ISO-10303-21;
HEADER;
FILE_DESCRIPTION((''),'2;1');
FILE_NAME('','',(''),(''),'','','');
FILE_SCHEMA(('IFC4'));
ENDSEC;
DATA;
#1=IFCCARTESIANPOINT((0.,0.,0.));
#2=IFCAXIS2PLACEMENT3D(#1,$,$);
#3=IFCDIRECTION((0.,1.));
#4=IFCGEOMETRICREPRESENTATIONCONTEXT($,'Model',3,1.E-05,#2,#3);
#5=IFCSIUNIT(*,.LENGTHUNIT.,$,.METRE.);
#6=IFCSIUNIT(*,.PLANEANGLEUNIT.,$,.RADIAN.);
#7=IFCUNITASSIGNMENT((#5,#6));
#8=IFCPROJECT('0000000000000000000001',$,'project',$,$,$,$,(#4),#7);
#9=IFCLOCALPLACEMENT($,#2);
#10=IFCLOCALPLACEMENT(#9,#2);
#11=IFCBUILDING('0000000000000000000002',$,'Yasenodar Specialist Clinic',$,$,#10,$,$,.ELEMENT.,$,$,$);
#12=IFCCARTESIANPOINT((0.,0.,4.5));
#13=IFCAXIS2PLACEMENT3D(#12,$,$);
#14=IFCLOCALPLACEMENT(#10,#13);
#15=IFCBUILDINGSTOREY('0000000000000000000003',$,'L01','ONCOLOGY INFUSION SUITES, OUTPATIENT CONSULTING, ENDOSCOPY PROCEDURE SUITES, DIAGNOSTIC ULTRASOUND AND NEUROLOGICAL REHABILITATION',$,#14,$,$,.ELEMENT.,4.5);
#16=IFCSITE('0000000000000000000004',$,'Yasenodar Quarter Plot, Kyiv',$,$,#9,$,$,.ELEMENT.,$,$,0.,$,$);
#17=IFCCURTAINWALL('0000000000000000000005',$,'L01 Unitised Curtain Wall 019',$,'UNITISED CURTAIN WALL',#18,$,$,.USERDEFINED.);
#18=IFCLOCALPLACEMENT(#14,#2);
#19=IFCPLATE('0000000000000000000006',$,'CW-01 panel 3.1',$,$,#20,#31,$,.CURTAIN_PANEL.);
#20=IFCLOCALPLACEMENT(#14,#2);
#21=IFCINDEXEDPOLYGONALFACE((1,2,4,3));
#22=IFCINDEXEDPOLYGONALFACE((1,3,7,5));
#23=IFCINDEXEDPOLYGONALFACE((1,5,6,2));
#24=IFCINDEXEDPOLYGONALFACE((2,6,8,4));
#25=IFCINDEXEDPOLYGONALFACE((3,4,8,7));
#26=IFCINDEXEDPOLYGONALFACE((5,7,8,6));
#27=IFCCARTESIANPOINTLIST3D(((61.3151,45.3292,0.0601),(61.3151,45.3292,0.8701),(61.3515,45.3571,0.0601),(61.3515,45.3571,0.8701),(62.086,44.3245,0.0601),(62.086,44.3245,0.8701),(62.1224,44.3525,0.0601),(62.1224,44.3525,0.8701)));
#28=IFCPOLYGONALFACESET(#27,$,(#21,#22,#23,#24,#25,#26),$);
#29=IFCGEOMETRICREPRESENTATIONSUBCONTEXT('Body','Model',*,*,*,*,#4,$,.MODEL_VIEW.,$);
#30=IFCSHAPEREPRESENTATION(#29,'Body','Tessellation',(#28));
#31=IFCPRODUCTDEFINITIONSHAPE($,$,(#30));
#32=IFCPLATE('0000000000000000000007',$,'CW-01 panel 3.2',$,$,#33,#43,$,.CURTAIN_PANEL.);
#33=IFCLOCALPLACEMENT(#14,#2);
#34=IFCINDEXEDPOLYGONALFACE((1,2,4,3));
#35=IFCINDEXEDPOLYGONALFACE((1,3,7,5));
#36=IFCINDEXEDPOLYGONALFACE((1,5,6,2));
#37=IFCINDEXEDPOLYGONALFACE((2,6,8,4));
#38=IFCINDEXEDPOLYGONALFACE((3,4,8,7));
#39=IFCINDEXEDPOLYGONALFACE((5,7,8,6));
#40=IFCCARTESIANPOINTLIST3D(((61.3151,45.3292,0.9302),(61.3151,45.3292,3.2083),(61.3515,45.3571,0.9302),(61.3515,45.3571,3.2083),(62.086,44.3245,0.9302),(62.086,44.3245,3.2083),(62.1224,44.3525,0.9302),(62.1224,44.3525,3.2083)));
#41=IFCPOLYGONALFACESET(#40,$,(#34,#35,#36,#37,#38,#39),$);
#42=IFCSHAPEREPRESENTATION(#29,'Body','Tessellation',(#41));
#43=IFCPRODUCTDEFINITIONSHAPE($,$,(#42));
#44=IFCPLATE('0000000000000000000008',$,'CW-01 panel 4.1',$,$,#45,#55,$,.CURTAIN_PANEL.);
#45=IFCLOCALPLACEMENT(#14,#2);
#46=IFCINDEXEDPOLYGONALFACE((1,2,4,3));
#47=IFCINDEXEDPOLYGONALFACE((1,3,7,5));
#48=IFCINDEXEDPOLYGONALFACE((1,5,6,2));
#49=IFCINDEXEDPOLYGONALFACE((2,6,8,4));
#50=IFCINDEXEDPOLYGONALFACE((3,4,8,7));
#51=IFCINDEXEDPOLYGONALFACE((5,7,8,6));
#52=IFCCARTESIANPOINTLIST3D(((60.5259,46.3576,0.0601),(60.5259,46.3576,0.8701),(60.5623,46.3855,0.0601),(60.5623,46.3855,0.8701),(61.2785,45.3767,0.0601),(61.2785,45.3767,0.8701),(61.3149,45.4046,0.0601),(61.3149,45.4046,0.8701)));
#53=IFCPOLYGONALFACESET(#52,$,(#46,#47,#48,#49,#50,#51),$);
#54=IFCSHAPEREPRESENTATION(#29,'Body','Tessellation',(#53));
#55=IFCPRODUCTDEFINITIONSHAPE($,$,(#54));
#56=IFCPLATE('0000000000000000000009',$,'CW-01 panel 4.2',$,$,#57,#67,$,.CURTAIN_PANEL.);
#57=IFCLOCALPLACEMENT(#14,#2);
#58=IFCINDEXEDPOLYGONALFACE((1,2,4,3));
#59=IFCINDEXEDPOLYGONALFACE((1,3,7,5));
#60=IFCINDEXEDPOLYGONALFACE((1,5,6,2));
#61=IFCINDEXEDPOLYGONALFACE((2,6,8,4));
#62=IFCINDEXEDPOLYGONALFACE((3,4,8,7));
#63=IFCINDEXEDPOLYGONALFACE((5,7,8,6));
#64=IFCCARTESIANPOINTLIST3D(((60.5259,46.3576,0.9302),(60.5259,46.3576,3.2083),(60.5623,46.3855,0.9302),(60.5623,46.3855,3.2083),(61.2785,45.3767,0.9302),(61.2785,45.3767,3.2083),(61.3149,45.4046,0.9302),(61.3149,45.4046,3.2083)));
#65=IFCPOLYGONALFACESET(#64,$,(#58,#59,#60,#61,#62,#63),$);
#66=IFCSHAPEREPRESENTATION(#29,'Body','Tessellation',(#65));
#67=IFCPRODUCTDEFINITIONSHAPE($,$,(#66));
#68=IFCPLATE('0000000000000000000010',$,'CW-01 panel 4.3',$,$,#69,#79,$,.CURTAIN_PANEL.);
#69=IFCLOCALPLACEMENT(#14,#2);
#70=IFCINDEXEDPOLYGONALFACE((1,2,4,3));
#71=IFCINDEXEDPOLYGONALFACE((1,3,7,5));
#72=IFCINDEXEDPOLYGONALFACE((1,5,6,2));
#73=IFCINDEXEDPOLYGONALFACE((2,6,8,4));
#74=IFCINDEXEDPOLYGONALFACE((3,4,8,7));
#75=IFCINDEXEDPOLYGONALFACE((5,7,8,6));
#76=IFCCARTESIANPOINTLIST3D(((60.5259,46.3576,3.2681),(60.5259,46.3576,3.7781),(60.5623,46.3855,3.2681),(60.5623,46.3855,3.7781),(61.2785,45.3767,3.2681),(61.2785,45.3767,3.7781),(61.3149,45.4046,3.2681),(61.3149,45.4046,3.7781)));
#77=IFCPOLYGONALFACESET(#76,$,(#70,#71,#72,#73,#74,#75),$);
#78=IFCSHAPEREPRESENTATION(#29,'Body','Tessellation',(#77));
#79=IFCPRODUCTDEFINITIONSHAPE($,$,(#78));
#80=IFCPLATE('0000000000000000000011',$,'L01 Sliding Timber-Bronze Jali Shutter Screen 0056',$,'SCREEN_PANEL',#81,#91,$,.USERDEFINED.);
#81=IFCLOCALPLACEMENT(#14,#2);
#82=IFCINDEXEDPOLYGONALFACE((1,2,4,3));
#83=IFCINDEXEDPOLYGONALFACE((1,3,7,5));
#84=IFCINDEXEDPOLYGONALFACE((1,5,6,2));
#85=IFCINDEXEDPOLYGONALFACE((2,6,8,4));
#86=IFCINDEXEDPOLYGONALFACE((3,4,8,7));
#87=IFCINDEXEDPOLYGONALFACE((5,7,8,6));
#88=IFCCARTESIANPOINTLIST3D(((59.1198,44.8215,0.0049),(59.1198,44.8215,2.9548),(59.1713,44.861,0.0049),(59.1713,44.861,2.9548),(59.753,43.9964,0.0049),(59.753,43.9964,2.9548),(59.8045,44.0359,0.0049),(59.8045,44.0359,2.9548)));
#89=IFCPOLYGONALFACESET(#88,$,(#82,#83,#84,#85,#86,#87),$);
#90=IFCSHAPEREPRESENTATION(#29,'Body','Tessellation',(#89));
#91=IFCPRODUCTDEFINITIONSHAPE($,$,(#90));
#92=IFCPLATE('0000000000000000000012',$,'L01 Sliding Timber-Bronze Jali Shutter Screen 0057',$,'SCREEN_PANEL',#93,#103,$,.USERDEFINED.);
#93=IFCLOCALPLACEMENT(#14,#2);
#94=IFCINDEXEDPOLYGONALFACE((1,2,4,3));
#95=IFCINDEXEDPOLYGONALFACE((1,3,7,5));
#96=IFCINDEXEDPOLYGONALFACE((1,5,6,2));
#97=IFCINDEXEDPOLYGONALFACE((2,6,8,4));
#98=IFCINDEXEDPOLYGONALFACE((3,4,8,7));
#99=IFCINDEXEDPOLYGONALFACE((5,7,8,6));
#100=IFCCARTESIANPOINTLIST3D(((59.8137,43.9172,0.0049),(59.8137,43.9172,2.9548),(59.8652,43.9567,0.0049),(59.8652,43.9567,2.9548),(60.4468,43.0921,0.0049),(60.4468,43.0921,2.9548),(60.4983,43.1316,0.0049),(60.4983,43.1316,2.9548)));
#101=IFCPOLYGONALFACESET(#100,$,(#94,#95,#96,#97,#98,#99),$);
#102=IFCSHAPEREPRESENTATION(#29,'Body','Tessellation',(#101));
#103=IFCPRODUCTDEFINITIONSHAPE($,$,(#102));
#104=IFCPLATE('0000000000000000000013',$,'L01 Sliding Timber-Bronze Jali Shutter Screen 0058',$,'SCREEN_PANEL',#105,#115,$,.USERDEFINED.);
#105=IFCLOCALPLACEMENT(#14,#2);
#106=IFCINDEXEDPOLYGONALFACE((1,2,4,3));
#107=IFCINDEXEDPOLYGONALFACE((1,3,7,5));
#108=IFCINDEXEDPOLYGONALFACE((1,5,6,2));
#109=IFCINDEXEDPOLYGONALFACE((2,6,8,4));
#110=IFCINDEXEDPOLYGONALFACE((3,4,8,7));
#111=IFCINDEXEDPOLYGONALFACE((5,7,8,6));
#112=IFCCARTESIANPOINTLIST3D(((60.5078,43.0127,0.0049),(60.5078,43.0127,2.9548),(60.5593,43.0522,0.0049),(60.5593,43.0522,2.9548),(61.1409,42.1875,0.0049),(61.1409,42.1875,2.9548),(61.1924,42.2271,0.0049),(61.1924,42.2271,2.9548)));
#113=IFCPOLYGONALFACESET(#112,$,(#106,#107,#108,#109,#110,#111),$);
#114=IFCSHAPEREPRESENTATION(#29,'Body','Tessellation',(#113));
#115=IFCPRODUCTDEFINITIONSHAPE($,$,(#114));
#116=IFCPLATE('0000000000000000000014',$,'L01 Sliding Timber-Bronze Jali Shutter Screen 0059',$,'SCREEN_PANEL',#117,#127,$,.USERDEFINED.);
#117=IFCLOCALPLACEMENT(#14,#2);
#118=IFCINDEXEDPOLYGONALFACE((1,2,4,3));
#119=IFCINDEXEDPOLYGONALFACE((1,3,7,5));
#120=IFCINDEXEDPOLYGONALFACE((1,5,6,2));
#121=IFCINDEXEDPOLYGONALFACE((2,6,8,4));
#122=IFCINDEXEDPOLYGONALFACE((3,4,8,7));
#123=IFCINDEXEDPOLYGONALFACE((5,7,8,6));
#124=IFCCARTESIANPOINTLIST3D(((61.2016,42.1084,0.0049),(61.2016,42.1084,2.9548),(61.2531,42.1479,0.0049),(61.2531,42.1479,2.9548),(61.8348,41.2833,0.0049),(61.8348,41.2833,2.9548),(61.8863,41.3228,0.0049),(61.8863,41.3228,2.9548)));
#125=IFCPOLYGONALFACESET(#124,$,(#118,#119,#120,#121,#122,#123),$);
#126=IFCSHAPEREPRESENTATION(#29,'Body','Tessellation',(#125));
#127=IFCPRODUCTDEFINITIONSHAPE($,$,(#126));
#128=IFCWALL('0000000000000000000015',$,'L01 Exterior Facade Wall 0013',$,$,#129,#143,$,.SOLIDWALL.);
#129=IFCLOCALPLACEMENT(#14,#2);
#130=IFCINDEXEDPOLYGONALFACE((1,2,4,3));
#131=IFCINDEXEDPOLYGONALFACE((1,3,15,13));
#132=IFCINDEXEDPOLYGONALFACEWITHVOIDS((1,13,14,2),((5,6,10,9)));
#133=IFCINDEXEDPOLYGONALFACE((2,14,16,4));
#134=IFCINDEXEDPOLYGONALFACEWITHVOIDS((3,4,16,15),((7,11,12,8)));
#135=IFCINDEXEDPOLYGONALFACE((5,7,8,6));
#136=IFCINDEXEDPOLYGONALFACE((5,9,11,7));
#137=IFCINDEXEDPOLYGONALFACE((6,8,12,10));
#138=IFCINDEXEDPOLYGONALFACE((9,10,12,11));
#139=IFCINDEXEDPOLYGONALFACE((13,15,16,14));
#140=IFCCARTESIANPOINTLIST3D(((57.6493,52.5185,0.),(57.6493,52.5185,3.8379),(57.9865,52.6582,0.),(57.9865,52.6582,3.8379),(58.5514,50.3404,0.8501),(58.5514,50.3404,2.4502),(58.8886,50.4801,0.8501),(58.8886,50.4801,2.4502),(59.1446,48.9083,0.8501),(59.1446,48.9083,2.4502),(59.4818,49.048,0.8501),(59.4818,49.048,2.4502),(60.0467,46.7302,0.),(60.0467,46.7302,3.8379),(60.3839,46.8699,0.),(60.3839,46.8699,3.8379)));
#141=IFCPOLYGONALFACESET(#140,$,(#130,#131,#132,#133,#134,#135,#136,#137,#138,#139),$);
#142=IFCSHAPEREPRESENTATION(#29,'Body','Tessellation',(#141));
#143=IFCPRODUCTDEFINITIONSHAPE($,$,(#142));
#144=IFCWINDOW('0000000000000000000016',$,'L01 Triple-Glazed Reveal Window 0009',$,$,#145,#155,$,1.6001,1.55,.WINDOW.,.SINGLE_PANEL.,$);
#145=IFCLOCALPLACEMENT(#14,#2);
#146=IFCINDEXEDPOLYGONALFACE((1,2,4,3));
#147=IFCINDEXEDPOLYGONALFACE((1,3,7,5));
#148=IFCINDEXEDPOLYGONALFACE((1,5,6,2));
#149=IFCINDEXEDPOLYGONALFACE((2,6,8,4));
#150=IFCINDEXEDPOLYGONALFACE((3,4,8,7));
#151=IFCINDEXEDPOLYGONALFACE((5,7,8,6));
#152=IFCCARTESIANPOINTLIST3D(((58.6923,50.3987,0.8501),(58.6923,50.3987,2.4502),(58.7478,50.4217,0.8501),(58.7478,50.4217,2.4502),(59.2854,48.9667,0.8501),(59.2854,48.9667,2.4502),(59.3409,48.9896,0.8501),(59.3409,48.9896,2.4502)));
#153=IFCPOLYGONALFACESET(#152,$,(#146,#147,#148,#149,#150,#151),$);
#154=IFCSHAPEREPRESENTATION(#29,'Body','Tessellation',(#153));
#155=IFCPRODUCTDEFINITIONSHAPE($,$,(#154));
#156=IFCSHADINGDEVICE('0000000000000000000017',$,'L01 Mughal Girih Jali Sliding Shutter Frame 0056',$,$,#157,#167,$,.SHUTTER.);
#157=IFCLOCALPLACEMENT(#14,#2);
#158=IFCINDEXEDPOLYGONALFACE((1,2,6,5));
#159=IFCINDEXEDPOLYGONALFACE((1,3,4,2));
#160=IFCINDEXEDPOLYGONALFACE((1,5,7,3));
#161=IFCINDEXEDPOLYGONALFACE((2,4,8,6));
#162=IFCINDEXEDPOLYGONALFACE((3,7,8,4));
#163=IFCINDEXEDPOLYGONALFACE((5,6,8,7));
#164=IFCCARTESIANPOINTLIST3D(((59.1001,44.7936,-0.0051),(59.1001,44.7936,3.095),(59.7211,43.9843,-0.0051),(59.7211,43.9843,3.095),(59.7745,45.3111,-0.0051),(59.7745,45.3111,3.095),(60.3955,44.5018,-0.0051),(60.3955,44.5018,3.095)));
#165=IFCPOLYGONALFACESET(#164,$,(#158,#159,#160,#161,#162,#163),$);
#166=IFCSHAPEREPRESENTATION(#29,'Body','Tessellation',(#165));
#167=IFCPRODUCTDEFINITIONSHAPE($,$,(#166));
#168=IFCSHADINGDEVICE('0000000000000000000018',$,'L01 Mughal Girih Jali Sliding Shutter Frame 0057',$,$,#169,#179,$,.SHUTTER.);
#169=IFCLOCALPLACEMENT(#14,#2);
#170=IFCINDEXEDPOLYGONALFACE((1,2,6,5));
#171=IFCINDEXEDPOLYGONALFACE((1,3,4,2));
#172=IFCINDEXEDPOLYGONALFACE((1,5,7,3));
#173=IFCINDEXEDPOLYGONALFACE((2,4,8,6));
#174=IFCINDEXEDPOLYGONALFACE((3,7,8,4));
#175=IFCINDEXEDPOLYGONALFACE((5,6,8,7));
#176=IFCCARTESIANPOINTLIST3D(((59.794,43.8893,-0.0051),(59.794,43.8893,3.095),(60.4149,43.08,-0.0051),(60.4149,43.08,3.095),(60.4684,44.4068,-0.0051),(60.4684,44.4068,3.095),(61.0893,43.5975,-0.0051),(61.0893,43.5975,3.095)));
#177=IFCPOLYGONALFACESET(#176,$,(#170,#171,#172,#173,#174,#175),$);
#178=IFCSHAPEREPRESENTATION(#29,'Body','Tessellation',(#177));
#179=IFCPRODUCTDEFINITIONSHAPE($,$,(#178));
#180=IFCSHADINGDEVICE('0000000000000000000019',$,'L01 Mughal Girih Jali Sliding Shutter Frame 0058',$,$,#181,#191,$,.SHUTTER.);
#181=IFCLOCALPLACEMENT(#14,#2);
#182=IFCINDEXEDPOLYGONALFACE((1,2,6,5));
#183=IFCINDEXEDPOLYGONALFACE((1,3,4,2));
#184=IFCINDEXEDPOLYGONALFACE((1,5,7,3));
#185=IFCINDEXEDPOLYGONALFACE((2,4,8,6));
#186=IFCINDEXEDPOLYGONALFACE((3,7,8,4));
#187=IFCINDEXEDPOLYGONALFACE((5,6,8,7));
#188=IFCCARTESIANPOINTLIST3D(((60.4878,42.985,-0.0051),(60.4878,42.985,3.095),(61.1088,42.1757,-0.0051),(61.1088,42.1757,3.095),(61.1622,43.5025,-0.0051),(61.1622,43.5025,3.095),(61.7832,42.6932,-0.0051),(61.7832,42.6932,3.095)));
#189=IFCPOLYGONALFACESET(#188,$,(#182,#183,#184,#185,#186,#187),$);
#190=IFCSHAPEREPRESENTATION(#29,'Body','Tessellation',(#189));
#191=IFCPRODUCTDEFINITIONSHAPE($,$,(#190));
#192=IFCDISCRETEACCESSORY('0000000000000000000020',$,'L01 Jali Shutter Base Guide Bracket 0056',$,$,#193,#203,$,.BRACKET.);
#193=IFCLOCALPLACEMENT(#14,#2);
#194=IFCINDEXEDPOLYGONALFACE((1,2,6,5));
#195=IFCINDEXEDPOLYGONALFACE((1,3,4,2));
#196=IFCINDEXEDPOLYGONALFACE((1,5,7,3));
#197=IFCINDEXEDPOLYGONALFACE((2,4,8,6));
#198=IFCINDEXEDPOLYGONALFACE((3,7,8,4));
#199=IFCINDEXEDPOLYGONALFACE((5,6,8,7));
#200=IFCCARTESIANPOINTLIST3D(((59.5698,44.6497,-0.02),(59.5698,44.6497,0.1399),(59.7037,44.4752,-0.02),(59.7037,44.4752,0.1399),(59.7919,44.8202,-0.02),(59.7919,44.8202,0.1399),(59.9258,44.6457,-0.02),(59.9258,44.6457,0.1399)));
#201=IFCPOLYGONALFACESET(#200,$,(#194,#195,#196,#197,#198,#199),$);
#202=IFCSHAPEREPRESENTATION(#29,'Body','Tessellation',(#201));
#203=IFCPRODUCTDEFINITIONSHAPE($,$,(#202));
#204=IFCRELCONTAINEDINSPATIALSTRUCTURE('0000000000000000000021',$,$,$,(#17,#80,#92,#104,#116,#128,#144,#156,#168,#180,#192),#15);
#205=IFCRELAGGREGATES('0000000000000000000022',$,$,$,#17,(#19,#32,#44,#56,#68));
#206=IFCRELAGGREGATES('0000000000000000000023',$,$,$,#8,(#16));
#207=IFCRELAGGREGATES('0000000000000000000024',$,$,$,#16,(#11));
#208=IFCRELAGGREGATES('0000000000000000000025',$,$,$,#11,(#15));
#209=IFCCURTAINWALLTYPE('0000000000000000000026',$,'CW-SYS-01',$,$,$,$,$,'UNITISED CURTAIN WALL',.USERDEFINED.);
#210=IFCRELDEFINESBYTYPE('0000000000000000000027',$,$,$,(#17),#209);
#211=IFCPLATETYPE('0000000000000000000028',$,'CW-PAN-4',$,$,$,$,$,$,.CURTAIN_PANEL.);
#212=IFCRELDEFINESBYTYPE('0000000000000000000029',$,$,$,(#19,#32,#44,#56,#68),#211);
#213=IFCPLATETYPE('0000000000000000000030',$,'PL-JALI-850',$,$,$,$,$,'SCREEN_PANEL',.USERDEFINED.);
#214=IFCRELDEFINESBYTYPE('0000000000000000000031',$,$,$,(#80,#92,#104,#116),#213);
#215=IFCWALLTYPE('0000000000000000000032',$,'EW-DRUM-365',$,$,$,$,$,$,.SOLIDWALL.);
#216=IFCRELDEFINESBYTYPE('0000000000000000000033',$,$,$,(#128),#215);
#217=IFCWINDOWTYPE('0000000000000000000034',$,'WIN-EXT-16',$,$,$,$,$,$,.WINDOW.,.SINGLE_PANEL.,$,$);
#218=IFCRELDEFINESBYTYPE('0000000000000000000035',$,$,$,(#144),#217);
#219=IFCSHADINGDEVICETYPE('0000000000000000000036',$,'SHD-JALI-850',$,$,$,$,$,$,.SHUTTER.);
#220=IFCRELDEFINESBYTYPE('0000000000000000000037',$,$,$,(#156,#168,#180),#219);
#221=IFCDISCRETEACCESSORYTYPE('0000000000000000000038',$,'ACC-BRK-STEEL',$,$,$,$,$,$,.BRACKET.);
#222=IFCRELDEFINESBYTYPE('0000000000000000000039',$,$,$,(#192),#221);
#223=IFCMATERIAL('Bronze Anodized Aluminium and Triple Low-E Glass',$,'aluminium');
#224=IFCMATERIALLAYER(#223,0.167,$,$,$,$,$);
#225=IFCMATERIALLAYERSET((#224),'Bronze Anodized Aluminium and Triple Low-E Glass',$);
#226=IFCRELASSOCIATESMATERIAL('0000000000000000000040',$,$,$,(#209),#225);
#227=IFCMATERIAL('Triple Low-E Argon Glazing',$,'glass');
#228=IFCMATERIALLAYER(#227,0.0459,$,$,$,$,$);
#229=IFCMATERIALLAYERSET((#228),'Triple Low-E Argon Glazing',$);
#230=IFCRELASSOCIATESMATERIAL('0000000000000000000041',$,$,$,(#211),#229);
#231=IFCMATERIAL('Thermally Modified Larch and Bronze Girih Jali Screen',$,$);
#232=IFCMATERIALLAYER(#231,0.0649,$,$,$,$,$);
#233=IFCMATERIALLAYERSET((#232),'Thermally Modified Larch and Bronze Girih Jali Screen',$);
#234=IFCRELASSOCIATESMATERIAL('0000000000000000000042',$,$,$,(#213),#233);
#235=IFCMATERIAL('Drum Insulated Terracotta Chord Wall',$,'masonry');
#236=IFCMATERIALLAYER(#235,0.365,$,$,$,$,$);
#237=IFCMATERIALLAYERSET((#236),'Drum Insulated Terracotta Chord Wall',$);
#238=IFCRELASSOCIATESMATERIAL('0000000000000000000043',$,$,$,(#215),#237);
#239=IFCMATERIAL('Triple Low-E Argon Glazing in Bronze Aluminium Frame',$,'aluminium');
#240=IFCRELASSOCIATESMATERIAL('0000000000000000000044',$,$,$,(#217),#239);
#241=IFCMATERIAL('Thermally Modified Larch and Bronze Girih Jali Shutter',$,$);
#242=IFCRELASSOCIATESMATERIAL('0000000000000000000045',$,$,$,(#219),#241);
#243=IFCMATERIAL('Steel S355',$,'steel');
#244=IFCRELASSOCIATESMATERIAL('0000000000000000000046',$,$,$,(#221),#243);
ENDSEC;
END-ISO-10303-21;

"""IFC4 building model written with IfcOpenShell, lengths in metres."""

from ifc_helpers import new_model, si_unit, direction, frame, frame_2d, origin, origin_2d, place, context, subcontext, project, spatial, rectangle, extrude, material, layer, layer_set, type_object, element, fill, aggregate, save


model = new_model("IFC4")

# Units and contexts
model_context = context("Model", 3, precision=1e-05, world=origin(), true_north=direction((0.0, 1.0)))
body_context = subcontext(model_context, "Body", "Model", "MODEL_VIEW")
ifc_project = project(units=[si_unit("LENGTHUNIT", "METRE"), si_unit("PLANEANGLEUNIT", "RADIAN")], contexts=[model_context])

# Site, building, storey
site_placement = place(None, origin())
site = spatial("IfcSite", under=ifc_project, at=site_placement, Name="Yasenodar Quarter Plot, Kyiv", CompositionType="ELEMENT", RefElevation=0.0)
building_placement = place(site_placement, origin())
building = spatial("IfcBuilding", under=site, at=building_placement, Name="Yasenodar Specialist Clinic", CompositionType="ELEMENT")
storey_placement = place(building_placement, frame((0.0, 0.0, 4.5)))
storey = spatial("IfcBuildingStorey", under=building, at=storey_placement, Name="L01", Description="ONCOLOGY INFUSION SUITES, OUTPATIENT CONSULTING, ENDOSCOPY PROCEDURE SUITES, DIAGNOSTIC ULTRASOUND AND NEUROLOGICAL REHABILITATION", CompositionType="ELEMENT", Elevation=4.5)

# Shared definitions
ifc_material_1 = material(Name="Steel S355", Category="steel")

# Curtain wall, plates
ifc_material_2 = material(Name="Bronze Anodized Aluminium and Triple Low-E Glass", Category="aluminium")
ifc_layer_1 = layer(ifc_material_2, 0.167)
ifc_layer_set_1 = layer_set([ifc_layer_1], Name="Bronze Anodized Aluminium and Triple Low-E Glass")
curtain_wall_type = type_object("IfcCurtainWallType", Name="CW-SYS-01", ElementType="UNITISED CURTAIN WALL", PredefinedType="USERDEFINED", material=ifc_layer_set_1)
curtain_wall_placement = place(storey_placement, origin())
curtain_wall = element("IfcCurtainWall", 1, at=curtain_wall_placement, inside=storey, type_object=curtain_wall_type, Name="L01 Unitised Curtain Wall 019", ObjectType="UNITISED CURTAIN WALL", PredefinedType="USERDEFINED")
ifc_material_3 = material(Name="Triple Low-E Argon Glazing", Category="glass")
ifc_layer_2 = layer(ifc_material_3, 0.0459)
ifc_layer_set_2 = layer_set([ifc_layer_2], Name="Triple Low-E Argon Glazing")
plate_type_1 = type_object("IfcPlateType", Name="CW-PAN-4", PredefinedType="CURTAIN_PANEL", material=ifc_layer_set_2)
plate_1_placement = place(storey_placement, frame((61.7188, 44.8408, 0.0601), z_axis=(0.0, 0.0, 1.0), x_axis=(-0.608752, 0.793361, 0.0)))
plate_1 = element("IfcPlate", 2, at=plate_1_placement, type_object=plate_type_1, Name="CW-01 panel 3.1", PredefinedType="CURTAIN_PANEL", context=body_context, shape_type="SweptSolid", body=[
    extrude(rectangle(XDim=1.2664, YDim=0.0459, at=origin_2d()), origin(), (0.0, 0.0, 1.0), 0.8101),
])
plate_2_placement = place(storey_placement, frame((61.7188, 44.8408, 0.9302), z_axis=(0.0, 0.0, 1.0), x_axis=(-0.608752, 0.793361, 0.0)))
plate_2 = element("IfcPlate", 3, at=plate_2_placement, type_object=plate_type_1, Name="CW-01 panel 3.2", PredefinedType="CURTAIN_PANEL", context=body_context, shape_type="SweptSolid", body=[
    extrude(rectangle(XDim=1.2664, YDim=0.0459, at=origin_2d()), origin(), (0.0, 0.0, 1.0), 2.2781),
])
plate_3_placement = place(storey_placement, frame((60.9204, 45.8811, 0.0601), z_axis=(0.0, 0.0, 1.0), x_axis=(-0.608752, 0.793361, 0.0)))
plate_3 = element("IfcPlate", 4, at=plate_3_placement, type_object=plate_type_1, Name="CW-01 panel 4.1", PredefinedType="CURTAIN_PANEL", context=body_context, shape_type="SweptSolid", body=[
    extrude(rectangle(XDim=1.2363, YDim=0.0459, at=origin_2d()), origin(), (0.0, 0.0, 1.0), 0.8101),
])
plate_4_placement = place(storey_placement, frame((60.9204, 45.8811, 0.9302), z_axis=(0.0, 0.0, 1.0), x_axis=(-0.608752, 0.793361, 0.0)))
plate_4 = element("IfcPlate", 5, at=plate_4_placement, type_object=plate_type_1, Name="CW-01 panel 4.2", PredefinedType="CURTAIN_PANEL", context=body_context, shape_type="SweptSolid", body=[
    extrude(rectangle(XDim=1.2363, YDim=0.0459, at=origin_2d()), origin(), (0.0, 0.0, 1.0), 2.2781),
])
plate_5_placement = place(storey_placement, frame((60.9204, 45.8811, 3.2681), z_axis=(0.0, 0.0, 1.0), x_axis=(-0.608752, 0.793361, 0.0)))
plate_5 = element("IfcPlate", 6, at=plate_5_placement, type_object=plate_type_1, Name="CW-01 panel 4.3", PredefinedType="CURTAIN_PANEL", context=body_context, shape_type="SweptSolid", body=[
    extrude(rectangle(XDim=1.2363, YDim=0.0459, at=origin_2d()), origin(), (0.0, 0.0, 1.0), 0.51),
])
aggregate(curtain_wall, [plate_1, plate_2, plate_3, plate_4, plate_5])

# Plates
ifc_material_4 = material(Name="Thermally Modified Larch and Bronze Girih Jali Screen")
ifc_layer_3 = layer(ifc_material_4, 0.0649)
ifc_layer_set_3 = layer_set([ifc_layer_3], Name="Thermally Modified Larch and Bronze Girih Jali Screen")
plate_type_2 = type_object("IfcPlateType", Name="PL-JALI-850", ElementType="SCREEN_PANEL", PredefinedType="USERDEFINED", material=ifc_layer_set_3)
for number, where, z_axis, x_axis, name in (
    (7, (59.4622, 44.4287, 0.0049), (0.0, 0.0, 1.0), (0.608764, -0.793351, 0.0), "L01 Sliding Timber-Bronze Jali Shutter Screen 0056"),
    (8, (60.156, 43.5244, 0.0049), (0.0, 0.0, 1.0), (0.608764, -0.793351, 0.0), "L01 Sliding Timber-Bronze Jali Shutter Screen 0057"),
    (9, (60.8501, 42.6199, 0.0049), (0.0, 0.0, 1.0), (0.608764, -0.793351, 0.0), "L01 Sliding Timber-Bronze Jali Shutter Screen 0058"),
    (10, (61.5439, 41.7156, 0.0049), (0.0, 0.0, 1.0), (0.608764, -0.793351, 0.0), "L01 Sliding Timber-Bronze Jali Shutter Screen 0059"),
):
    element("IfcPlate", number, at=place(storey_placement, frame(where, z_axis=z_axis, x_axis=x_axis)), inside=storey, type_object=plate_type_2, Name=name, ObjectType="SCREEN_PANEL", PredefinedType="USERDEFINED", context=body_context, shape_type="SweptSolid", body=[
        extrude(rectangle(XDim=1.04, YDim=0.0649, at=origin_2d()), origin(), (0.0, 0.0, 1.0), 2.95),
    ])

# Wall, opening, window
ifc_material_5 = material(Name="Drum Insulated Terracotta Chord Wall", Category="masonry")
ifc_layer_4 = layer(ifc_material_5, 0.365)
ifc_layer_set_4 = layer_set([ifc_layer_4], Name="Drum Insulated Terracotta Chord Wall")
wall_type = type_object("IfcWallType", Name="EW-DRUM-365", PredefinedType="SOLIDWALL", material=ifc_layer_set_4)
wall_placement = place(storey_placement, frame((60.2153, 46.8, 0.0), z_axis=(0.0, 0.0, 1.0), x_axis=(-0.382664, 0.923888, 0.0)))
wall = element("IfcWall", 11, at=wall_placement, inside=storey, type_object=wall_type, Name="L01 Exterior Facade Wall 0013", PredefinedType="SOLIDWALL", context=body_context, shape_type="SweptSolid", body=[
    extrude(rectangle(XDim=6.2651, YDim=0.365, at=frame_2d((3.1326, 0.0))), origin(), (0.0, 0.0, 1.0), 3.8379),
])
opening_placement = place(wall_placement, frame((2.3577, 0.0, 0.8501)))
opening = element("IfcOpeningElement", 12, at=opening_placement, cuts=wall, PredefinedType="OPENING", context=body_context, shape_type="SweptSolid", body=[
    extrude(rectangle(XDim=1.55, YDim=1.6001, at=frame_2d((0.7749, 0.8))), frame((0.0, 0.1924, 0.0), z_axis=(0.0, -1.0, 0.0), x_axis=(1.0, 0.0, 0.0)), (0.0, 0.0, 1.0), 0.385),
])
ifc_material_6 = material(Name="Triple Low-E Argon Glazing in Bronze Aluminium Frame", Category="aluminium")
window_type = type_object("IfcWindowType", Name="WIN-EXT-16", PartitioningType="SINGLE_PANEL", PredefinedType="WINDOW", material=ifc_material_6)
window_placement = place(opening_placement, origin())
window = element("IfcWindow", 13, at=window_placement, inside=storey, type_object=window_type, Name="L01 Triple-Glazed Reveal Window 0009", OverallHeight=1.6001, OverallWidth=1.55, PartitioningType="SINGLE_PANEL", PredefinedType="WINDOW", context=body_context, shape_type="SweptSolid", body=[
    extrude(rectangle(XDim=1.55, YDim=1.6001, at=frame_2d((0.7749, 0.8))), frame((0.0, 0.03, 0.0), z_axis=(0.0, -1.0, 0.0), x_axis=(1.0, 0.0, 0.0)), (0.0, 0.0, 1.0), 0.0601),
])
fill(opening, window)

# Shading devices
ifc_material_7 = material(Name="Thermally Modified Larch and Bronze Girih Jali Shutter")
shading_device_type = type_object("IfcShadingDeviceType", Name="SHD-JALI-850", PredefinedType="SHUTTER", material=ifc_material_7)
for number, where, z_axis, x_axis, name in (
    (14, (59.7478, 44.6477, -0.0051), (0.0, 0.0, 1.0), (0.608764, -0.793351, 0.0), "L01 Mughal Girih Jali Sliding Shutter Frame 0056"),
    (15, (60.4417, 43.7434, -0.0051), (0.0, 0.0, 1.0), (0.608764, -0.793351, 0.0), "L01 Mughal Girih Jali Sliding Shutter Frame 0057"),
    (16, (61.1355, 42.8391, -0.0051), (0.0, 0.0, 1.0), (0.608764, -0.793351, 0.0), "L01 Mughal Girih Jali Sliding Shutter Frame 0058"),
):
    element("IfcShadingDevice", number, at=place(storey_placement, frame(where, z_axis=z_axis, x_axis=x_axis)), inside=storey, type_object=shading_device_type, Name=name, PredefinedType="SHUTTER", context=body_context, shape_type="SweptSolid", body=[
        extrude(rectangle(XDim=1.02, YDim=0.8501, at=origin_2d()), origin(), (0.0, 0.0, 1.0), 3.1001),
    ])

# Discrete accessory
discrete_accessory_type = type_object("IfcDiscreteAccessoryType", Name="ACC-BRK-STEEL", PredefinedType="BRACKET", material=ifc_material_1)
for number, where, z_axis, x_axis, name in (
    (17, (59.7478, 44.6477, -0.02), (0.0, 0.0, 1.0), (0.608764, -0.793351, 0.0), "L01 Jali Shutter Base Guide Bracket 0056"),
):
    element("IfcDiscreteAccessory", number, at=place(storey_placement, frame(where, z_axis=z_axis, x_axis=x_axis)), inside=storey, type_object=discrete_accessory_type, Name=name, PredefinedType="BRACKET", context=body_context, shape_type="SweptSolid", body=[
        extrude(rectangle(XDim=0.22, YDim=0.28, at=origin_2d()), origin(), (0.0, 0.0, 1.0), 0.1599),
    ])

save(model, "model.ifc")
